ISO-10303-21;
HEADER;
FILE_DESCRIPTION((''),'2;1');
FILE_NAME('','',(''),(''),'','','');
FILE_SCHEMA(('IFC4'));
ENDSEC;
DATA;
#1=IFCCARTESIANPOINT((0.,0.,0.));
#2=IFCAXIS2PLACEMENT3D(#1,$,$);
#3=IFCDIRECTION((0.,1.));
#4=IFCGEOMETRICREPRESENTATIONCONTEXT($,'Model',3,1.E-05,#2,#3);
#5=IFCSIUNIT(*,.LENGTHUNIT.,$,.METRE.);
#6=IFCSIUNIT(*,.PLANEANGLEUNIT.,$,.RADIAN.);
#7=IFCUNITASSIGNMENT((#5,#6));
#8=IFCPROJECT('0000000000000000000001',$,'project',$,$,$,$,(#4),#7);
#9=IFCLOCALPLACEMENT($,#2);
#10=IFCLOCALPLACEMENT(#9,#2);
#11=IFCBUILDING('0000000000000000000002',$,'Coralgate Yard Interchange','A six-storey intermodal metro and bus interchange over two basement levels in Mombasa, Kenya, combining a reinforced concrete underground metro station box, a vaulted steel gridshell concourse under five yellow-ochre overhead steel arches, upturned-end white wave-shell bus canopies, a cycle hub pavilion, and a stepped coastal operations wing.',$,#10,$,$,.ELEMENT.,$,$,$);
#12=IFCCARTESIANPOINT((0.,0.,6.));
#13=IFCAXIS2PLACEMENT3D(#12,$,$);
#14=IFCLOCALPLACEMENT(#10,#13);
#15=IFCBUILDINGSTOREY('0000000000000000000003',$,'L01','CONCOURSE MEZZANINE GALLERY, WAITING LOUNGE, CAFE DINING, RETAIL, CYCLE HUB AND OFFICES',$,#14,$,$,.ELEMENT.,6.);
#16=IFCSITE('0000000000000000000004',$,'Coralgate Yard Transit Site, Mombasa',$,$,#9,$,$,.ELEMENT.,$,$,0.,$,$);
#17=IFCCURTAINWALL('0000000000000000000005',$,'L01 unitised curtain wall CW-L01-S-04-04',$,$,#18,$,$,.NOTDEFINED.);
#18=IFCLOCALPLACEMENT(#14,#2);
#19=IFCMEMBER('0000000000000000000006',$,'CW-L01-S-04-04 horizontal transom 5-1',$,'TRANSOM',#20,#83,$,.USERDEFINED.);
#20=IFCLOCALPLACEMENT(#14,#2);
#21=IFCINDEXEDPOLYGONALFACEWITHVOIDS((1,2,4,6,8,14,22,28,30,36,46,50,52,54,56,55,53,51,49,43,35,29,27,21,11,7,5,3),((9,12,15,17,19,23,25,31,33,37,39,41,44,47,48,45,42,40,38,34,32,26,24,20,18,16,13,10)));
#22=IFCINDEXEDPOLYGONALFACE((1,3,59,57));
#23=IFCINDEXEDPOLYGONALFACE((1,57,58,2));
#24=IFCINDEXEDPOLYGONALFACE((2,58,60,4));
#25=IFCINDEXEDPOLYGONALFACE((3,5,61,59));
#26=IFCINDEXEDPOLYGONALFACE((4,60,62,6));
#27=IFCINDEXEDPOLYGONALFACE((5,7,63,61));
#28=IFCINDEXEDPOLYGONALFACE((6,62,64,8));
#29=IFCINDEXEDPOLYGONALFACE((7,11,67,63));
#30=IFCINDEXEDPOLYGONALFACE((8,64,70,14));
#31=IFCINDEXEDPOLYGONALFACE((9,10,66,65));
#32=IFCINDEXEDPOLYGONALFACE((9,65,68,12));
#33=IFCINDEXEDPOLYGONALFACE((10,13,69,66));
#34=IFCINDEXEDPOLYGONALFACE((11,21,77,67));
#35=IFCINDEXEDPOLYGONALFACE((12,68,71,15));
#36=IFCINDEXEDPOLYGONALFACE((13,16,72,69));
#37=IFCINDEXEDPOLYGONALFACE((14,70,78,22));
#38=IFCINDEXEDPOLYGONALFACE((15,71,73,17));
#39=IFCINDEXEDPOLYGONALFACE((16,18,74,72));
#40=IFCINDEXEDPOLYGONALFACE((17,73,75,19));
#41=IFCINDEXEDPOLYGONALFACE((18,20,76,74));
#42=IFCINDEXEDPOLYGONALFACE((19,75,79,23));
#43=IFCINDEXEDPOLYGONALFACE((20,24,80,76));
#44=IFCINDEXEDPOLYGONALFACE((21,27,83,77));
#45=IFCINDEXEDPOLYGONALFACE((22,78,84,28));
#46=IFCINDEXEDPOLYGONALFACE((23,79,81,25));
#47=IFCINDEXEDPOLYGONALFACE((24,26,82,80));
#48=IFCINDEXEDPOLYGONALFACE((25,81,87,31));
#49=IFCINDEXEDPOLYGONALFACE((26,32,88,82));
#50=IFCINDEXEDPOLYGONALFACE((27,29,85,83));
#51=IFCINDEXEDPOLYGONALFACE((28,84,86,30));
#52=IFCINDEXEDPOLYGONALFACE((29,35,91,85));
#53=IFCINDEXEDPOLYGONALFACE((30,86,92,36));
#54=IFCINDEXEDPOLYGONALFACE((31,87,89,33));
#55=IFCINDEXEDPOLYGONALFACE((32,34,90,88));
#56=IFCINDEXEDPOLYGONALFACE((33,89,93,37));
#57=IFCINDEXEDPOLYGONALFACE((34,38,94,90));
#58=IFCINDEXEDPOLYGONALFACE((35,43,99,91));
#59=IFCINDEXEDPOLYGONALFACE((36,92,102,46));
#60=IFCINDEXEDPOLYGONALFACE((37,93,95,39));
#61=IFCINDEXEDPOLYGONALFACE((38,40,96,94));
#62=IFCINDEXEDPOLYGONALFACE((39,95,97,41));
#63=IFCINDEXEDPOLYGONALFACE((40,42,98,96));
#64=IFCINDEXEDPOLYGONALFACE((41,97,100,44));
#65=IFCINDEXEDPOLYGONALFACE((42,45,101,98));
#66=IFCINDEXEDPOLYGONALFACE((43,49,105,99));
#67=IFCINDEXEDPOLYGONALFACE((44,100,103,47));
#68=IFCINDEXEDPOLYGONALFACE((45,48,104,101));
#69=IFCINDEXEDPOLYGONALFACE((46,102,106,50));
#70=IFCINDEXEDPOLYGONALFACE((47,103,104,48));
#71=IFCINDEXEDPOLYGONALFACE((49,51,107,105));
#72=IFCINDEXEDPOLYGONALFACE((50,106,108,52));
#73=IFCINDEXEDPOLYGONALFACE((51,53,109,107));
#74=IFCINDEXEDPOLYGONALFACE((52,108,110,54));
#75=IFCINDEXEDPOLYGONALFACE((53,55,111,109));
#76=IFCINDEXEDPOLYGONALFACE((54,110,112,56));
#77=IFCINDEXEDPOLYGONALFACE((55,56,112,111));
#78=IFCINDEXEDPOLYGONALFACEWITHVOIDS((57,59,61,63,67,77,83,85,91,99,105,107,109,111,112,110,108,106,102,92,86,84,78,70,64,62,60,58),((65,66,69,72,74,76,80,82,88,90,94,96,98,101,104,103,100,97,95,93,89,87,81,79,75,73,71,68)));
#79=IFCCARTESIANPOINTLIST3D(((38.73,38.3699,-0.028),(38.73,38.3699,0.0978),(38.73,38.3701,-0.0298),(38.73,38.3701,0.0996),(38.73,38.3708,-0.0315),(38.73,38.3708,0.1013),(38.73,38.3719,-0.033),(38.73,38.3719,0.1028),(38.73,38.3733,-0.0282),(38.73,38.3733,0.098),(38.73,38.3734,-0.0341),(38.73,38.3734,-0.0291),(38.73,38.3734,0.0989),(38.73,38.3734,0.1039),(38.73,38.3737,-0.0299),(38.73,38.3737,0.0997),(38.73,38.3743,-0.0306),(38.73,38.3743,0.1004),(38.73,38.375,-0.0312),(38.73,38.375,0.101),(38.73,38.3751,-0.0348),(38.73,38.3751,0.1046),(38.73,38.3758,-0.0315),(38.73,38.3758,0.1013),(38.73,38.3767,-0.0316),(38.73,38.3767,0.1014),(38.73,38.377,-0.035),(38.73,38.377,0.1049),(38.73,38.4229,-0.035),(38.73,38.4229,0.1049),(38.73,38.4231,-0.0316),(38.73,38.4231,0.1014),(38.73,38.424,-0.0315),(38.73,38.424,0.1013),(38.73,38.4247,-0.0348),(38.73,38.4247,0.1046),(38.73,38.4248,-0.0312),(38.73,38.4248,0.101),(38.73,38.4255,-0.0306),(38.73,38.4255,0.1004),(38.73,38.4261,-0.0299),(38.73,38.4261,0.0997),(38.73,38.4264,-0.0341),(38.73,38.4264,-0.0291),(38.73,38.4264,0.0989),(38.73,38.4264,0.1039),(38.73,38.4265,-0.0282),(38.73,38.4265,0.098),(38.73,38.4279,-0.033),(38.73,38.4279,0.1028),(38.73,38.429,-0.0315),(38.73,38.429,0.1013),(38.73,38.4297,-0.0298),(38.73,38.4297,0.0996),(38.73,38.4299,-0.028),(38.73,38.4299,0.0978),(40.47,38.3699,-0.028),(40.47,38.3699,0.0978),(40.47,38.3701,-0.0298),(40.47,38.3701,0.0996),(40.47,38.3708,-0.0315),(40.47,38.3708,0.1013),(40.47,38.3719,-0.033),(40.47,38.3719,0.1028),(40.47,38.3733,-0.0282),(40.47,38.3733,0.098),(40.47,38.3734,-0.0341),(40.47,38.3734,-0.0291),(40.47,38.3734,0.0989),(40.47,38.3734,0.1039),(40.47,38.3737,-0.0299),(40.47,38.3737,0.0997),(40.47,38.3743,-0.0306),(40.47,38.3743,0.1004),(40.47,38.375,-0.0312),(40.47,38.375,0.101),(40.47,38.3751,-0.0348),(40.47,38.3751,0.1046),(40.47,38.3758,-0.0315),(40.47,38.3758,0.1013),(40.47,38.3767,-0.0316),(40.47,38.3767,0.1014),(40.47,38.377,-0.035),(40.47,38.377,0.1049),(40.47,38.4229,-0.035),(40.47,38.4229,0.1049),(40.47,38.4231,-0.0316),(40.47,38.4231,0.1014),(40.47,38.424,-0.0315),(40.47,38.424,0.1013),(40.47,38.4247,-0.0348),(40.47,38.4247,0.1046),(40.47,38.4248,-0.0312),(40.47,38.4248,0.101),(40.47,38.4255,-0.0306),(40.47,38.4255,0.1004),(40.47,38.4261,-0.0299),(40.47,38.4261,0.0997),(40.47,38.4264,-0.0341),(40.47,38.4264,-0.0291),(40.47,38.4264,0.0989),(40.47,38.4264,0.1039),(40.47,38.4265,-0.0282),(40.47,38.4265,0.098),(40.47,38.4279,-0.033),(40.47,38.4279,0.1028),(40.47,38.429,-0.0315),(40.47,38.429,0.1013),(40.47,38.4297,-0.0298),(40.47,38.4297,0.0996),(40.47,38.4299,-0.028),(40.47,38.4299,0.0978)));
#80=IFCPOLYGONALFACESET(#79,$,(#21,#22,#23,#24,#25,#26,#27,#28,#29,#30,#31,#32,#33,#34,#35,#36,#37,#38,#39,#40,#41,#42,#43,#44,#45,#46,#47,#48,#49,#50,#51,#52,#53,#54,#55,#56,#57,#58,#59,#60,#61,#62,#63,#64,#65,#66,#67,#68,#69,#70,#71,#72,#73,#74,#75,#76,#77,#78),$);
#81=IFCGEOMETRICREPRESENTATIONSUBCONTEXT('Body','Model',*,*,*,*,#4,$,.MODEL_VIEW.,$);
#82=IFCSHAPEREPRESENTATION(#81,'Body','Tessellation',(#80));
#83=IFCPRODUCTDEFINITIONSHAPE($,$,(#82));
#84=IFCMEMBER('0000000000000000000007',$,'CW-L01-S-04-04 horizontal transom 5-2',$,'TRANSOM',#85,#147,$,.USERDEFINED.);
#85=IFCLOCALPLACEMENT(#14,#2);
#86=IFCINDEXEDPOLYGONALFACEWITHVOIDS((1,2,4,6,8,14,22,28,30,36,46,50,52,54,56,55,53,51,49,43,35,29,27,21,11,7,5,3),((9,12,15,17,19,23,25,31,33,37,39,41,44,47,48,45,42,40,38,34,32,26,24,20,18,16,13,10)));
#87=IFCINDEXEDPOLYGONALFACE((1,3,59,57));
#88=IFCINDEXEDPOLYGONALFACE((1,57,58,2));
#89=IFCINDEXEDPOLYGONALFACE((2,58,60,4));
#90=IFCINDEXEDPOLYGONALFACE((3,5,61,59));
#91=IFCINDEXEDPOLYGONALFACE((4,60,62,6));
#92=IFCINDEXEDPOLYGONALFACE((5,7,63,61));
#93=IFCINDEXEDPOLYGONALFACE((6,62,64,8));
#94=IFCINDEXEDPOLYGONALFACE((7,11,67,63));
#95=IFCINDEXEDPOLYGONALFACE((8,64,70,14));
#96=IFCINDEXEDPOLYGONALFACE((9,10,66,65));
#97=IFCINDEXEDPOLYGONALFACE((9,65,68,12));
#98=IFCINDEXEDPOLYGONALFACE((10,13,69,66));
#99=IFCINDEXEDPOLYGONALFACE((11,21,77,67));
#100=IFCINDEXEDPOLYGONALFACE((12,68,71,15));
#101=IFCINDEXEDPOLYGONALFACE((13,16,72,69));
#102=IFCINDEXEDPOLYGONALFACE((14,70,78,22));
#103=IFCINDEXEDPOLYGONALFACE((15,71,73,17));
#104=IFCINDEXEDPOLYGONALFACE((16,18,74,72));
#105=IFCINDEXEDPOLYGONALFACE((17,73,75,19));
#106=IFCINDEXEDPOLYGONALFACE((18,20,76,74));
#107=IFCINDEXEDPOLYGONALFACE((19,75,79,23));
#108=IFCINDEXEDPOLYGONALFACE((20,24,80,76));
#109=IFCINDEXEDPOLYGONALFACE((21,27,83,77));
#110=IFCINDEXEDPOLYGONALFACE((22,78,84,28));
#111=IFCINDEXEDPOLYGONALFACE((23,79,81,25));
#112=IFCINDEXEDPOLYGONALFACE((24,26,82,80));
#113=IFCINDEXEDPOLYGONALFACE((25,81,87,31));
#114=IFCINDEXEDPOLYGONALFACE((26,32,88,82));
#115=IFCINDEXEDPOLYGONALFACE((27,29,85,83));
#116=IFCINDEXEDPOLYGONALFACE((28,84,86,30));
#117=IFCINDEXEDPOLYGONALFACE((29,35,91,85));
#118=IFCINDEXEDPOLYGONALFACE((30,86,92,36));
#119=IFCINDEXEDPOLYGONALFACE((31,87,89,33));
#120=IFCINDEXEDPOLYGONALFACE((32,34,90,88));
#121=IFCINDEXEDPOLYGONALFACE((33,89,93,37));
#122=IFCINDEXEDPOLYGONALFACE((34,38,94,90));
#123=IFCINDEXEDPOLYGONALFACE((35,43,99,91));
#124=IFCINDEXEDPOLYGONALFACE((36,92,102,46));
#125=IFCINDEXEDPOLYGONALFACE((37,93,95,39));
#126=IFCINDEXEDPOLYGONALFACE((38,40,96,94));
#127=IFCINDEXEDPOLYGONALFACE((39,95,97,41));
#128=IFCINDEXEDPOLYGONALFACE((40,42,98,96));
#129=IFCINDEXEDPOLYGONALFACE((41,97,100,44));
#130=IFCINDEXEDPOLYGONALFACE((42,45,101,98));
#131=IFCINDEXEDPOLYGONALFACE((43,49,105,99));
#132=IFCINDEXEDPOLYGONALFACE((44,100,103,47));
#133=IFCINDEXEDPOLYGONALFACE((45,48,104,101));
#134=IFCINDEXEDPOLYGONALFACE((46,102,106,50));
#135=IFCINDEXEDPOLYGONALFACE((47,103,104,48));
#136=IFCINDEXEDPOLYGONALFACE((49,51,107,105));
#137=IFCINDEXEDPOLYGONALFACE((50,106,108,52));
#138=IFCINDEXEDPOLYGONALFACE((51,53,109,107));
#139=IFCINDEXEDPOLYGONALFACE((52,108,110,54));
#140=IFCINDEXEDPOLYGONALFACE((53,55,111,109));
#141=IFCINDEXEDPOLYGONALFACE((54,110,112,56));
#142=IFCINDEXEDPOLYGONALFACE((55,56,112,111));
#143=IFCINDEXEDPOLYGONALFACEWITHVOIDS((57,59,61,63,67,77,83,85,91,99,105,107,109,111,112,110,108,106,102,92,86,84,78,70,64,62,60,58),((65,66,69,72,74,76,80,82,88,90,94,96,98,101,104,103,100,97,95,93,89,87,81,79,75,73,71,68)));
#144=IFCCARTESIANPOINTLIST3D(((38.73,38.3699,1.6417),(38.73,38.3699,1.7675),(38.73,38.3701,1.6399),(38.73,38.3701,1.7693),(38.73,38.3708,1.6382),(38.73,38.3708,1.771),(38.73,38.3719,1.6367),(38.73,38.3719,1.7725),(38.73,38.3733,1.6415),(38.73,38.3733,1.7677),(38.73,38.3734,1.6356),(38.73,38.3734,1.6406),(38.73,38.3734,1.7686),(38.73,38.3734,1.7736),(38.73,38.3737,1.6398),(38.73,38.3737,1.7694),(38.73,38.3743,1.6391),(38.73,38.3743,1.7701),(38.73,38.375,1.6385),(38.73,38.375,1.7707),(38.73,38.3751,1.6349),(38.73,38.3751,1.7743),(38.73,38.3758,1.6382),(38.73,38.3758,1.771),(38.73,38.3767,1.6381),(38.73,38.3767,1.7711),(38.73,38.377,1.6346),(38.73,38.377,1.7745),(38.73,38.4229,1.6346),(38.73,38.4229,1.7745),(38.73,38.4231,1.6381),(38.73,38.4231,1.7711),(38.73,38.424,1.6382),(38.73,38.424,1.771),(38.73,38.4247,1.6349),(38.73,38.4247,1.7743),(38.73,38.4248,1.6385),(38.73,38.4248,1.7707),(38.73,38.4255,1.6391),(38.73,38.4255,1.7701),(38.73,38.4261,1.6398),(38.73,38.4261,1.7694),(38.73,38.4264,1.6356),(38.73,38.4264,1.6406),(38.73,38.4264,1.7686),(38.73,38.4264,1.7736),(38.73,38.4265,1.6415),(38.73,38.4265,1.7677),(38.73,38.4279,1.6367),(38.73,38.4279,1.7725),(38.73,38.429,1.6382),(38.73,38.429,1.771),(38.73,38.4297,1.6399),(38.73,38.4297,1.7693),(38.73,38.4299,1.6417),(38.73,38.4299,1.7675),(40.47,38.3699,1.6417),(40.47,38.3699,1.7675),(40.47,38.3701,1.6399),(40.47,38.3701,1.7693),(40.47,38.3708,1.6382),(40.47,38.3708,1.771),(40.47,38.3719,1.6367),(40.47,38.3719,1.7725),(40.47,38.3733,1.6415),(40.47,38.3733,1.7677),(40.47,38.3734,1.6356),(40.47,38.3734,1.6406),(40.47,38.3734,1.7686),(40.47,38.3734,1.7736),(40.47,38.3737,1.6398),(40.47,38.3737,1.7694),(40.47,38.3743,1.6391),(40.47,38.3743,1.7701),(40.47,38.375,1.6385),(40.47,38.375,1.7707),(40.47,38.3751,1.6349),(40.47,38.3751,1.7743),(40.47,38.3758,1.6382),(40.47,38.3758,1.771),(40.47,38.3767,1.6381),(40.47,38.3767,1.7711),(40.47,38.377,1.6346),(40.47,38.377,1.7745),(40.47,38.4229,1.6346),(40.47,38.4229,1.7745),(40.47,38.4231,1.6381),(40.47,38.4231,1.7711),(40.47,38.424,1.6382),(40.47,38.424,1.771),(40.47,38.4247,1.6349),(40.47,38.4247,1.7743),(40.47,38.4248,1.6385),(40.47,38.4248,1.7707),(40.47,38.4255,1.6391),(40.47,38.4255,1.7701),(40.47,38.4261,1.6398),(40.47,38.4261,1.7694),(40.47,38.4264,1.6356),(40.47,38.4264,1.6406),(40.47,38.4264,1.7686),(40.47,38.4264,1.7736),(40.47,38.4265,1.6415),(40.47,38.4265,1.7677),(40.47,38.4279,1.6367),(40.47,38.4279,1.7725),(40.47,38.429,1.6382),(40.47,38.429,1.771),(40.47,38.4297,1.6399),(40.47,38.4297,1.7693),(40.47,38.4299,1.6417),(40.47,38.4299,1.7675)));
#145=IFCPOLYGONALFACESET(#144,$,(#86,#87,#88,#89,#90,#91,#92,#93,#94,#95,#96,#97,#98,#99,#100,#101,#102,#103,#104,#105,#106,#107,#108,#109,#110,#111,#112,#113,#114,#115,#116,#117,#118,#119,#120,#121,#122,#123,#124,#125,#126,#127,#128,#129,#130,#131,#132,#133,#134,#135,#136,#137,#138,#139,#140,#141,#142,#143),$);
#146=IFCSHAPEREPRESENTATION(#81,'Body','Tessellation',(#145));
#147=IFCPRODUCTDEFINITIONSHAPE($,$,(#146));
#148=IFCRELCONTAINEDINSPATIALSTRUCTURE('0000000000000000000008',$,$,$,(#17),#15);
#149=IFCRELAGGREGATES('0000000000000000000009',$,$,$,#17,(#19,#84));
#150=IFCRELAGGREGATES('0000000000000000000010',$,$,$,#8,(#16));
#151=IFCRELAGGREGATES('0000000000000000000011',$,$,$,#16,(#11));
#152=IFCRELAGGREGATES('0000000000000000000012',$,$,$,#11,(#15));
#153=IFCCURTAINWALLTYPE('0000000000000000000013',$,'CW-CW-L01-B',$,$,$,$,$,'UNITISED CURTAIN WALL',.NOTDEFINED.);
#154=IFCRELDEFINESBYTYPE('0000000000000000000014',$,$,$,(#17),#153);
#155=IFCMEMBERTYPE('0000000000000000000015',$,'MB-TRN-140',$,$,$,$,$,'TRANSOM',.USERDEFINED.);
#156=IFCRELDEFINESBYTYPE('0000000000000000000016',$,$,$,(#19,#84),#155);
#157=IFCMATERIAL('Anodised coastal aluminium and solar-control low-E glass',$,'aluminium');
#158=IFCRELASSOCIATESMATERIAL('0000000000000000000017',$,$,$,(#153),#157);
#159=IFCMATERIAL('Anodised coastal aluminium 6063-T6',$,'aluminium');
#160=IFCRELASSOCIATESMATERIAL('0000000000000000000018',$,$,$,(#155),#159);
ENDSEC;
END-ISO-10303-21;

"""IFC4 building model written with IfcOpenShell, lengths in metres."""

from ifc_helpers import new_model, si_unit, direction, frame, origin, origin_2d, place, context, subcontext, project, spatial, hollow_rectangle, extrude, material, material_profile, profile_set, type_object, element, aggregate, save


model = new_model("IFC4")

# Units and contexts
model_context = context("Model", 3, precision=1e-05, world=origin(), true_north=direction((0.0, 1.0)))
body_context = subcontext(model_context, "Body", "Model", "MODEL_VIEW")
ifc_project = project(units=[si_unit("LENGTHUNIT", "METRE"), si_unit("PLANEANGLEUNIT", "RADIAN")], contexts=[model_context])

# Site, building, storey
site_placement = place(None, origin())
site = spatial("IfcSite", under=ifc_project, at=site_placement, Name="Coralgate Yard Transit Site, Mombasa", CompositionType="ELEMENT", RefElevation=0.0)
building_placement = place(site_placement, origin())
building = spatial("IfcBuilding", under=site, at=building_placement, Name="Coralgate Yard Interchange", Description="A six-storey intermodal metro and bus interchange over two basement levels in Mombasa, Kenya, combining a reinforced concrete underground metro station box, a vaulted steel gridshell concourse under five yellow-ochre overhead steel arches, upturned-end white wave-shell bus canopies, a cycle hub pavilion, and a stepped coastal operations wing.", CompositionType="ELEMENT")
storey_placement = place(building_placement, frame((0.0, 0.0, 6.0)))
storey = spatial("IfcBuildingStorey", under=building, at=storey_placement, Name="L01", Description="CONCOURSE MEZZANINE GALLERY, WAITING LOUNGE, CAFE DINING, RETAIL, CYCLE HUB AND OFFICES", CompositionType="ELEMENT", Elevation=6.0)

# Shared definitions
ifc_material_1 = material(Name="Anodised coastal aluminium and solar-control low-E glass", Category="aluminium")
curtain_wall_type_1 = type_object("IfcCurtainWallType", Name="CW-CW-L01-B", ElementType="UNITISED CURTAIN WALL", PredefinedType="NOTDEFINED", material=ifc_material_1)
ifc_material_2 = material(Name="Anodised coastal aluminium 6063-T6", Category="aluminium")

# Curtain wall
curtain_wall_1_placement = place(storey_placement, origin())
curtain_wall_1 = element("IfcCurtainWall", 1, at=curtain_wall_1_placement, inside=storey, type_object=curtain_wall_type_1, Name="L01 unitised curtain wall CW-L01-S-04-04", PredefinedType="NOTDEFINED")

# Members
ifc_material_profile_1 = material_profile(ifc_material_2, hollow_rectangle(XDim=0.0601, YDim=0.1399, WallThickness=0.0034, InnerFilletRadius=0.0034, OuterFilletRadius=0.0071, at=origin_2d()), Name="ALU 60x140x3.5")
ifc_profile_set_1 = profile_set([ifc_material_profile_1], Name="Anodised coastal aluminium 6063-T6")
member_type_1 = type_object("IfcMemberType", Name="MB-TRN-140", ElementType="TRANSOM", PredefinedType="USERDEFINED", material=ifc_profile_set_1)
member_1_placement = place(storey_placement, frame((40.47, 38.3999, 0.0349), z_axis=(-1.0, 0.0, 0.0), x_axis=(0.0, -1.0, 0.0)))
member_1 = element("IfcMember", 2, at=member_1_placement, type_object=member_type_1, Name="CW-L01-S-04-04 horizontal transom 5-1", ObjectType="TRANSOM", PredefinedType="USERDEFINED", context=body_context, shape_type="SweptSolid", body=[
    extrude(hollow_rectangle(XDim=0.0601, YDim=0.1399, WallThickness=0.0034, InnerFilletRadius=0.0034, OuterFilletRadius=0.0071, at=origin_2d()), origin(), (0.0, 0.0, 1.0), 1.74),
])
member_2_placement = place(storey_placement, frame((40.47, 38.3999, 1.7046), z_axis=(-1.0, 0.0, 0.0), x_axis=(0.0, -1.0, 0.0)))
member_2 = element("IfcMember", 3, at=member_2_placement, type_object=member_type_1, Name="CW-L01-S-04-04 horizontal transom 5-2", ObjectType="TRANSOM", PredefinedType="USERDEFINED", context=body_context, shape_type="SweptSolid", body=[
    extrude(hollow_rectangle(XDim=0.0601, YDim=0.1399, WallThickness=0.0034, InnerFilletRadius=0.0034, OuterFilletRadius=0.0071, at=origin_2d()), origin(), (0.0, 0.0, 1.0), 1.74),
])

aggregate(curtain_wall_1, [member_1, member_2])

save(model, "model.ifc")
